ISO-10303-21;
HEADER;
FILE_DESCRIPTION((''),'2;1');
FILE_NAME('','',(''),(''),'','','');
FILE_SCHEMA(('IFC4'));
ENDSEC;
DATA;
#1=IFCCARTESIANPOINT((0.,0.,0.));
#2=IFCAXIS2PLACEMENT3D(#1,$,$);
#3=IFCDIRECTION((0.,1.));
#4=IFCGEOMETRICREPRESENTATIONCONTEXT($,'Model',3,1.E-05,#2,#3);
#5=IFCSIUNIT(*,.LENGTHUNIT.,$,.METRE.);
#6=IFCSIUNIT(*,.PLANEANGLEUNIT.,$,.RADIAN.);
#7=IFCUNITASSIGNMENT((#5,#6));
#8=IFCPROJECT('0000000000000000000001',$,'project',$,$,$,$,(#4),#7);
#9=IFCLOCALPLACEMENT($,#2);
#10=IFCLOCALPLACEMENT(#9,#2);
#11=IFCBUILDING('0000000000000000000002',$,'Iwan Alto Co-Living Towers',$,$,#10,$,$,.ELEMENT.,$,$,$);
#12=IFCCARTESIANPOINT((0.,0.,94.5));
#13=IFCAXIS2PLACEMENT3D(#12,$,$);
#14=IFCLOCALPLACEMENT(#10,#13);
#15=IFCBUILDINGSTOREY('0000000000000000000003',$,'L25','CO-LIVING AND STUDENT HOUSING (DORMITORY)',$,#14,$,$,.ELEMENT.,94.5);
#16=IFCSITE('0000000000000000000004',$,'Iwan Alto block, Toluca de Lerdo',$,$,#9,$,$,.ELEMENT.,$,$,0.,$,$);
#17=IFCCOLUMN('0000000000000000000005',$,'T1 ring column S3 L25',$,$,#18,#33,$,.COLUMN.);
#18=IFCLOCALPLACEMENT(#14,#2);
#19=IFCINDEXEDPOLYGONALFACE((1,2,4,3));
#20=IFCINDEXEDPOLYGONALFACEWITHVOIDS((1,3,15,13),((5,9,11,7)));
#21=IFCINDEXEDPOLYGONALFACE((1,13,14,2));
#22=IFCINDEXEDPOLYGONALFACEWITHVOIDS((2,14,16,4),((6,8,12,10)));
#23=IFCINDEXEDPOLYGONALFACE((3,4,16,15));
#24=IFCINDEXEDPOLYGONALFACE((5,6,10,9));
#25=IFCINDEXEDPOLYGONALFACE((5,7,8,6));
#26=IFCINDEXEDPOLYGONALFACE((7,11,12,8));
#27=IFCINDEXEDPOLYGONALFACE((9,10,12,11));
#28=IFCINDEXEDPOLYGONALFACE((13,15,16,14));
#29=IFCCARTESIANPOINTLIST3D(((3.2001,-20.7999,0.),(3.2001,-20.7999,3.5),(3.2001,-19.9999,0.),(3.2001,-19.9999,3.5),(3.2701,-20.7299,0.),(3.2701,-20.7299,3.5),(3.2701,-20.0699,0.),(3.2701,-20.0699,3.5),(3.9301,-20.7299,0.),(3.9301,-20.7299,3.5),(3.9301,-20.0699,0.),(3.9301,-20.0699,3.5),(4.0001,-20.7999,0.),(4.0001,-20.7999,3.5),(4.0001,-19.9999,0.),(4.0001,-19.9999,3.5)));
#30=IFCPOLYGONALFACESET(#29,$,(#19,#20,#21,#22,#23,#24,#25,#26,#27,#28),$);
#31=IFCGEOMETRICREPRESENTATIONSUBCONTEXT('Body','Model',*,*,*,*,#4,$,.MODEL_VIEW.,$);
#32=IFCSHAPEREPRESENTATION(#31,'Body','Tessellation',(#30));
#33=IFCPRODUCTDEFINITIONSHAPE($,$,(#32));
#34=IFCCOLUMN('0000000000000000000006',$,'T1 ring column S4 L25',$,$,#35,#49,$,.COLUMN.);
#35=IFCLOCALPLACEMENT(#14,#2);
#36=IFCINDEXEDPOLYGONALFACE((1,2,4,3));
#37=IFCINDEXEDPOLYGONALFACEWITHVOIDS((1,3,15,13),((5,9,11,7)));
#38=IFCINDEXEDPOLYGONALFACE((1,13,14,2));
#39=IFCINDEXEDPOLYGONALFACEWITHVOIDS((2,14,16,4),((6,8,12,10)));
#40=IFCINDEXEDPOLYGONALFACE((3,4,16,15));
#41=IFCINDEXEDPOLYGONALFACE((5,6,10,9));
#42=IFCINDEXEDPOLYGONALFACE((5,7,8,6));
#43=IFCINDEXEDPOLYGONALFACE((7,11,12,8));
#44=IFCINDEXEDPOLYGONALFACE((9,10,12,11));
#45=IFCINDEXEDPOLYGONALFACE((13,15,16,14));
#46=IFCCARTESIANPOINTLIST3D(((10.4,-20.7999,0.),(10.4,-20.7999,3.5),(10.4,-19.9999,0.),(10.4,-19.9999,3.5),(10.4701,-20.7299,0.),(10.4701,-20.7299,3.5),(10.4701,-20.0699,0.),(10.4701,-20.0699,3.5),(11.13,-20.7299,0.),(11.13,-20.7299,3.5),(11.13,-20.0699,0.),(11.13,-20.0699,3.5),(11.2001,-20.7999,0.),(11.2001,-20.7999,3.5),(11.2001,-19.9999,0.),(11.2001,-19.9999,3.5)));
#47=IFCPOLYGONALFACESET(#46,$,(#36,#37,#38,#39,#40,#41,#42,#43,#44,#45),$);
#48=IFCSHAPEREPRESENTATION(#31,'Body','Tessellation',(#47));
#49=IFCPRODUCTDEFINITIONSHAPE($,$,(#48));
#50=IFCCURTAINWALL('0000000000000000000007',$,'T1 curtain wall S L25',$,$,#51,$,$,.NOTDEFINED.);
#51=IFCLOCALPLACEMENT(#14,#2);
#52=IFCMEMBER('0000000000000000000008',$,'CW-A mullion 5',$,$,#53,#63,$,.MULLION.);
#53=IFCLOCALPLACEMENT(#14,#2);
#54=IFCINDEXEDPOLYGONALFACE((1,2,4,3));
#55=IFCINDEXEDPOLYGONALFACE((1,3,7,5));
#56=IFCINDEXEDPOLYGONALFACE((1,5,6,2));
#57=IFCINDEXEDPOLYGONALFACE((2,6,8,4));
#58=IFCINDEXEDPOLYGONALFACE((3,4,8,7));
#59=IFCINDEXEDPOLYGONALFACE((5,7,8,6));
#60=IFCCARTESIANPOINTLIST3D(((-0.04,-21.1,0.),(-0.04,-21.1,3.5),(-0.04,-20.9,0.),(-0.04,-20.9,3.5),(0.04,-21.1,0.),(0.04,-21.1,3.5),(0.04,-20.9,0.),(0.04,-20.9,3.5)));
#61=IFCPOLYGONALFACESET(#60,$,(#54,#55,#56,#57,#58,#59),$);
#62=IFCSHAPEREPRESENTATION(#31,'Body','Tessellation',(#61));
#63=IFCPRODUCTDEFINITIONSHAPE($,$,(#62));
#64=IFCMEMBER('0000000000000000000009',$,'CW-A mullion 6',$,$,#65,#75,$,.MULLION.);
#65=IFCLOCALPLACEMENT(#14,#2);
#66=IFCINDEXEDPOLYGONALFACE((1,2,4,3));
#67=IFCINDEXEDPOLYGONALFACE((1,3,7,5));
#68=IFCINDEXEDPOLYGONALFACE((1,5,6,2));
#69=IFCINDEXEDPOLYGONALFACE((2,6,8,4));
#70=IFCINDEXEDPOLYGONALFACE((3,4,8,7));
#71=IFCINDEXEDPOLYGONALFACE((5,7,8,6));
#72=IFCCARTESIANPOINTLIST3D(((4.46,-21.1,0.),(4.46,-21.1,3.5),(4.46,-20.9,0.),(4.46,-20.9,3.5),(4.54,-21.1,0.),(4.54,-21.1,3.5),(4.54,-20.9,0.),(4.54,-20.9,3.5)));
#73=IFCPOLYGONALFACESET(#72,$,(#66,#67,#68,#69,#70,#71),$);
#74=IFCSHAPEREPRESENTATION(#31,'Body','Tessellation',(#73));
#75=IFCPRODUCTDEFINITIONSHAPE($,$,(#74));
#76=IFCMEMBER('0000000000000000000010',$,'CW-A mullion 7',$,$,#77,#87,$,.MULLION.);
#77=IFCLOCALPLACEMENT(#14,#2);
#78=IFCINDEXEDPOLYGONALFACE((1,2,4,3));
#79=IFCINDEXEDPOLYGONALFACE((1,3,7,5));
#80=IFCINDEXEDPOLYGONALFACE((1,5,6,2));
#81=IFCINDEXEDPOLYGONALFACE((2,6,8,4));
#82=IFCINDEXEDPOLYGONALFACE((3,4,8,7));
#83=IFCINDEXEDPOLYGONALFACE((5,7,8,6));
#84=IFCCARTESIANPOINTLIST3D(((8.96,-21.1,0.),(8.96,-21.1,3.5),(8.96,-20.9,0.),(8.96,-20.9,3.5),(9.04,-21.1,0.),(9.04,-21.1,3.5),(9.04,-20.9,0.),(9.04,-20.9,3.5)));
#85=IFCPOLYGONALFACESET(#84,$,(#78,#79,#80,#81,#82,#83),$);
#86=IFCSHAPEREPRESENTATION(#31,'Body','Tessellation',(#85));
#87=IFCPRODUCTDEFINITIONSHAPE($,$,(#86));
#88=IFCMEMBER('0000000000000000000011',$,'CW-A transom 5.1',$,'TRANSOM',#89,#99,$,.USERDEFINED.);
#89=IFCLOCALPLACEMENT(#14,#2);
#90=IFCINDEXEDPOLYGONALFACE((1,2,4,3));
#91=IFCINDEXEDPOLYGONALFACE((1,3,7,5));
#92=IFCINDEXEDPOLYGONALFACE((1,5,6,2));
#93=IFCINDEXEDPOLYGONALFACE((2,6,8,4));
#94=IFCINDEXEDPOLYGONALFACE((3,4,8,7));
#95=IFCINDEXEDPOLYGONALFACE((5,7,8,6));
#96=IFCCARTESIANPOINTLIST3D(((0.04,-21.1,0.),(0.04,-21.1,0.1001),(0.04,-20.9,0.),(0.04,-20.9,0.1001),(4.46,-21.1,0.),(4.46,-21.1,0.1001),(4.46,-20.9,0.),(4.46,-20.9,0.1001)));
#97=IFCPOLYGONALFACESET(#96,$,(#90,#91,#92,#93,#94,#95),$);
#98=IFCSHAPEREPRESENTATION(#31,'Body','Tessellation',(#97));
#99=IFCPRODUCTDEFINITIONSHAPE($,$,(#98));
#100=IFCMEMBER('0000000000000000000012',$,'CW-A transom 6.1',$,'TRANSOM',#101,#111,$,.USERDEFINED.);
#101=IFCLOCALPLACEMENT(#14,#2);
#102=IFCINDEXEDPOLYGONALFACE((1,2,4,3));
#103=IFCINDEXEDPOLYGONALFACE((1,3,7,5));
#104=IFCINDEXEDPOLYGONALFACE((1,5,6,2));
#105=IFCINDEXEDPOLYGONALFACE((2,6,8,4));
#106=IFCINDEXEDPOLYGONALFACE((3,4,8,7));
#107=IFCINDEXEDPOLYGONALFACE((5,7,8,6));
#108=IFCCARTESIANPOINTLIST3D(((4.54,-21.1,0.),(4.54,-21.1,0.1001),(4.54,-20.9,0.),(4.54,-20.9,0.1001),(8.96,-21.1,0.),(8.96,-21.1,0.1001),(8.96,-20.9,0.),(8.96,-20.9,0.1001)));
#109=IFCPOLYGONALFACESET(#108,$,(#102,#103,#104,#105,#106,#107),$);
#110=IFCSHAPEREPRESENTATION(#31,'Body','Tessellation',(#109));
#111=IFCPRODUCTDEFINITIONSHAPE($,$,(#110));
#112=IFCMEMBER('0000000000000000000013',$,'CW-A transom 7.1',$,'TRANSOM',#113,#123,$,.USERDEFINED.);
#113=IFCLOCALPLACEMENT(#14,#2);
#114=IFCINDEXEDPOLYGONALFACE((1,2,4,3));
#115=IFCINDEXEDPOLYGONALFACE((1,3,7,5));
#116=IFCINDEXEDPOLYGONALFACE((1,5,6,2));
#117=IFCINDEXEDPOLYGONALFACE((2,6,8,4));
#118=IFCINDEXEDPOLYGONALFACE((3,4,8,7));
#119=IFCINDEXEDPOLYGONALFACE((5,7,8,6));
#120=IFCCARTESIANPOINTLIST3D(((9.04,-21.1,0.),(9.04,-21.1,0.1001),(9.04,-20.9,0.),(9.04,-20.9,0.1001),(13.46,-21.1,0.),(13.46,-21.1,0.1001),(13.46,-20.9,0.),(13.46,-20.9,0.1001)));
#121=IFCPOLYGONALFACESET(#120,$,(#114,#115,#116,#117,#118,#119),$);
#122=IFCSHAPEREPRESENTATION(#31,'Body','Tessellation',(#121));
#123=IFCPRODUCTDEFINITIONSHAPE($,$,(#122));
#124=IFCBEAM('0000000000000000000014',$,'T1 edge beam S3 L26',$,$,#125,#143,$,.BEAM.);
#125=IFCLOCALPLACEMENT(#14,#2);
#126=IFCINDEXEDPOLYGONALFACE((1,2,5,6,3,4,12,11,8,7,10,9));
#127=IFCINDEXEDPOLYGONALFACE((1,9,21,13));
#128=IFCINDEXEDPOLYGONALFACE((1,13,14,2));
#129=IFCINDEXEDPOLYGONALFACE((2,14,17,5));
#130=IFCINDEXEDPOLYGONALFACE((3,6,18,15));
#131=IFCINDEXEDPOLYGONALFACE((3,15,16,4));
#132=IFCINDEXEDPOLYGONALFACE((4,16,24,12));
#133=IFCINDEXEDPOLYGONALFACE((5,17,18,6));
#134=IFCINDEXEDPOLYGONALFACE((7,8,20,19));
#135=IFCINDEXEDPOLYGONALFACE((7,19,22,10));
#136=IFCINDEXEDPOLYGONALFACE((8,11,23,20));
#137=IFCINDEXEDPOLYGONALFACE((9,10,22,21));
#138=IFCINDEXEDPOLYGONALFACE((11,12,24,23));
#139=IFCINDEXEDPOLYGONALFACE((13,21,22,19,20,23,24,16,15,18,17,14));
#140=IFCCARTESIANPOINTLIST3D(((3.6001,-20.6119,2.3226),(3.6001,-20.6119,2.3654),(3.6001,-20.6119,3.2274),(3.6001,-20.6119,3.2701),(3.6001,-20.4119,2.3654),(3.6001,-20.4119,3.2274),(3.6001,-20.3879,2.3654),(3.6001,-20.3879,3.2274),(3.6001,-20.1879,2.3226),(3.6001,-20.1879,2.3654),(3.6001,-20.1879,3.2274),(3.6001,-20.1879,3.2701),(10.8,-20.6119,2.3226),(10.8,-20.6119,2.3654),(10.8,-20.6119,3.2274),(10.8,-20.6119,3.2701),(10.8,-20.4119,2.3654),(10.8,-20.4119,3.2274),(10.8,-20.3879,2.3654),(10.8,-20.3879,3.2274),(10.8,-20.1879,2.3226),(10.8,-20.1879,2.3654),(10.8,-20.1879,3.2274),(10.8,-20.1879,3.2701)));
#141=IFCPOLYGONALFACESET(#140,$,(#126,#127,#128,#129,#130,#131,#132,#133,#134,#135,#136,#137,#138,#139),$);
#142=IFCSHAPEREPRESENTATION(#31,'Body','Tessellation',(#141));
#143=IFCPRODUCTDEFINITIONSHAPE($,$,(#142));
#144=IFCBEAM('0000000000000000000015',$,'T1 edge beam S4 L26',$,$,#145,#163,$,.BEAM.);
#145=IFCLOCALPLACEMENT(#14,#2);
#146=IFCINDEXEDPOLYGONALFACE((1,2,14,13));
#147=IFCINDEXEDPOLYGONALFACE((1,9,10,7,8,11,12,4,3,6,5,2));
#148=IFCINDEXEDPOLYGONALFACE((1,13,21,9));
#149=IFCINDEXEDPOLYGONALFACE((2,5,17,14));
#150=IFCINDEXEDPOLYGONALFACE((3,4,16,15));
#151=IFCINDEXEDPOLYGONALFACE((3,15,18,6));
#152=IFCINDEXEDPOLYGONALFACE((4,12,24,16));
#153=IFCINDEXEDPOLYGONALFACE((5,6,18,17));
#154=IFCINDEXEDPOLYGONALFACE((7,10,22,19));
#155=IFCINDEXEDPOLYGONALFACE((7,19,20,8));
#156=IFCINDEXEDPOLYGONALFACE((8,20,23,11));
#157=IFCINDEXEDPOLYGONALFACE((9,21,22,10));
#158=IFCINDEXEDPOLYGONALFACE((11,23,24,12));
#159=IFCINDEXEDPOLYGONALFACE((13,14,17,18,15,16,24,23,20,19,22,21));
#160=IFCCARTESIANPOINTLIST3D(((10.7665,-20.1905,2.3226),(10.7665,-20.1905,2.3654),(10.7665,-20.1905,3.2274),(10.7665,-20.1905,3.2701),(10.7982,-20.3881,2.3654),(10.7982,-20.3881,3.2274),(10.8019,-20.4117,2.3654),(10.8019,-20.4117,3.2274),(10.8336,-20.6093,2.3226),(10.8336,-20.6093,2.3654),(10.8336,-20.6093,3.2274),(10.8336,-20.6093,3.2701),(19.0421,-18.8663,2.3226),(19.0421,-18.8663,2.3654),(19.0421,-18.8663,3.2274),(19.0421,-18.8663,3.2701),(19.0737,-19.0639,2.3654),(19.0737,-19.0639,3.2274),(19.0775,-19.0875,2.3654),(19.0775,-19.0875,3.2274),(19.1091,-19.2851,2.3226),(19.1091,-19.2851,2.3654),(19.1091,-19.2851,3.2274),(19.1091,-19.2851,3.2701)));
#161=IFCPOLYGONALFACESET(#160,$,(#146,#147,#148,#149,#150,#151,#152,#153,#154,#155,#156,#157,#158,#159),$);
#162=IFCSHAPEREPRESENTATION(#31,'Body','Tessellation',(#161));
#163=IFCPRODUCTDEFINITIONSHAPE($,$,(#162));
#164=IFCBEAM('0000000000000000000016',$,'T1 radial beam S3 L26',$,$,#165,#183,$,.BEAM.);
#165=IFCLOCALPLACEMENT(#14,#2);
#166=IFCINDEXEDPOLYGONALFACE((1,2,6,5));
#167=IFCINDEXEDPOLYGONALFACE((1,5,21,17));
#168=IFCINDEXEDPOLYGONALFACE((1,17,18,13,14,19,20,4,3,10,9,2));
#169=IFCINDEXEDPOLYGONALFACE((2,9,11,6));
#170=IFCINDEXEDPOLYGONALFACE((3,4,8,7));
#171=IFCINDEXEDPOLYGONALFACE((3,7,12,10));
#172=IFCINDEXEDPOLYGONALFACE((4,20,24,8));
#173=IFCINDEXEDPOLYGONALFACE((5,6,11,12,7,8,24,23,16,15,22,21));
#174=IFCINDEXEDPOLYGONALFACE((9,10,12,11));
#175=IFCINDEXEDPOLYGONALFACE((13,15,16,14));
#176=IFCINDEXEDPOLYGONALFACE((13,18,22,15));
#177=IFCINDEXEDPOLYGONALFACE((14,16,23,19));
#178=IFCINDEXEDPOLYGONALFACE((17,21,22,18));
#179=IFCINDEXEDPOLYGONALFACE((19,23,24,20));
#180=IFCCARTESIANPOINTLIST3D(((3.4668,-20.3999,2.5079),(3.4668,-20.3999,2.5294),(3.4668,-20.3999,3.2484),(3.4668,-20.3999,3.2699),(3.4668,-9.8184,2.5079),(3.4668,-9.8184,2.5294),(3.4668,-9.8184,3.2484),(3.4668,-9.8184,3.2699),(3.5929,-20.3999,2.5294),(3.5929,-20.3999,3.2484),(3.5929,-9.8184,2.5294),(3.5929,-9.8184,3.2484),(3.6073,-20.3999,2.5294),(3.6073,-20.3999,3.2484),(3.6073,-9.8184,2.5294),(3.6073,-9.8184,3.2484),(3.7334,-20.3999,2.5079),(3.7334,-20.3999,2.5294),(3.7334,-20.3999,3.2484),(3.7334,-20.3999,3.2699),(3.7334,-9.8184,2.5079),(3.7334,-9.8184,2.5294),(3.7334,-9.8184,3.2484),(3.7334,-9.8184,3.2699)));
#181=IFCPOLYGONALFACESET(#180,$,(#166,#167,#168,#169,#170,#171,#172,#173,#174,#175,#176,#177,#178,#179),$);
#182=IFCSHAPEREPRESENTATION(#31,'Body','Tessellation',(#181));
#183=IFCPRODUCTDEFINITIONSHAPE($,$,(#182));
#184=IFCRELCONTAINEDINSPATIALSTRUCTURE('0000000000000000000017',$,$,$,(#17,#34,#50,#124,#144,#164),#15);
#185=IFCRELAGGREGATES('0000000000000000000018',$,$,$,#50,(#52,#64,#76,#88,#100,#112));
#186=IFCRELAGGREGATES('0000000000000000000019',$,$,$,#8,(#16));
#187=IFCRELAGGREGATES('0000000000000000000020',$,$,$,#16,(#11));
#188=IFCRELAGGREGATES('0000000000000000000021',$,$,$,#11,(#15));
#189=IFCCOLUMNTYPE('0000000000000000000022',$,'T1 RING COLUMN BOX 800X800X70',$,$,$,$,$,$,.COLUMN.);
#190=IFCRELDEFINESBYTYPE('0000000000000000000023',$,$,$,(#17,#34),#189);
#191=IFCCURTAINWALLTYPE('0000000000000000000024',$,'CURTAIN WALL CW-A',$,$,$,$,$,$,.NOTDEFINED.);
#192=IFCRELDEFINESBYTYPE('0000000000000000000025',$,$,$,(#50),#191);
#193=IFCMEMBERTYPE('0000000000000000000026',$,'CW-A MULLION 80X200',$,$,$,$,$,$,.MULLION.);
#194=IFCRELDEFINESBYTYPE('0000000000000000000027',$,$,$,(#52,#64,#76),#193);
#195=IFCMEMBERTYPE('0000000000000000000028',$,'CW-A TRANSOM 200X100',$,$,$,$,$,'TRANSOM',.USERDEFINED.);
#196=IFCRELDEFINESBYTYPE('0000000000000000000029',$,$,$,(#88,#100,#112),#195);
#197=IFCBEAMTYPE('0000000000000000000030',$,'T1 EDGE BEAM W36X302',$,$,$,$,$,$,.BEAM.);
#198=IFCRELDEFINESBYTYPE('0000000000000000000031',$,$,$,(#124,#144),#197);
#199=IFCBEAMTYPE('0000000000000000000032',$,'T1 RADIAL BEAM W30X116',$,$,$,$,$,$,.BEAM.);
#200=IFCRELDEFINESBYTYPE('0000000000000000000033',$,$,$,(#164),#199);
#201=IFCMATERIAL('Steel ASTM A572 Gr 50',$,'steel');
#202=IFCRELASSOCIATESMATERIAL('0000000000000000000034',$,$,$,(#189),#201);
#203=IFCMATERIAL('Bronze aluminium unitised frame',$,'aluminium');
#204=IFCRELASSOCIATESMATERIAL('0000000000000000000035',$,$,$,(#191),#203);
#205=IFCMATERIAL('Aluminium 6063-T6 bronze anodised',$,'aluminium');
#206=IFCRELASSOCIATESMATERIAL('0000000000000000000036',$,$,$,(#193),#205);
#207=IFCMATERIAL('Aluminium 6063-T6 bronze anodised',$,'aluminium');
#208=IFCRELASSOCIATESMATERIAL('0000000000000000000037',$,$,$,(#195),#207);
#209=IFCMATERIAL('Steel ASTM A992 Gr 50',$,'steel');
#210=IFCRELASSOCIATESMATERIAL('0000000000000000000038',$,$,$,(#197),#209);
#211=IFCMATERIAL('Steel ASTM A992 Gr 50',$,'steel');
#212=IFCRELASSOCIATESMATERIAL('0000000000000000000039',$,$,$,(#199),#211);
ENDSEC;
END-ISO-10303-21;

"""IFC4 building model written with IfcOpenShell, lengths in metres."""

from ifc_helpers import new_model, si_unit, direction, frame, origin, origin_2d, place, context, subcontext, project, spatial, rectangle, hollow_rectangle, i_section, extrude, material, material_profile, profile_set, type_object, element, aggregate, save


model = new_model("IFC4")

# Units and contexts
model_context = context("Model", 3, precision=1e-05, world=origin(), true_north=direction((0.0, 1.0)))
body_context = subcontext(model_context, "Body", "Model", "MODEL_VIEW")
ifc_project = project(units=[si_unit("LENGTHUNIT", "METRE"), si_unit("PLANEANGLEUNIT", "RADIAN")], contexts=[model_context])

# Site, building, storey
site_placement = place(None, origin())
site = spatial("IfcSite", under=ifc_project, at=site_placement, Name="Iwan Alto block, Toluca de Lerdo", CompositionType="ELEMENT", RefElevation=0.0)
building_placement = place(site_placement, origin())
building = spatial("IfcBuilding", under=site, at=building_placement, Name="Iwan Alto Co-Living Towers", CompositionType="ELEMENT")
storey_placement = place(building_placement, frame((0.0, 0.0, 94.5)))
storey = spatial("IfcBuildingStorey", under=building, at=storey_placement, Name="L25", Description="CO-LIVING AND STUDENT HOUSING (DORMITORY)", CompositionType="ELEMENT", Elevation=94.5)

# Columns
ifc_material_1 = material(Name="Steel ASTM A572 Gr 50", Category="steel")
ifc_material_profile_1 = material_profile(ifc_material_1, hollow_rectangle(XDim=0.8, YDim=0.8, WallThickness=0.0701, at=origin_2d()), Name="BOX 800X800X70")
ifc_profile_set_1 = profile_set([ifc_material_profile_1], Name="Steel ASTM A572 Gr 50")
column_type = type_object("IfcColumnType", Name="T1 RING COLUMN BOX 800X800X70", PredefinedType="COLUMN", material=ifc_profile_set_1)
for number, where, z_axis, x_axis, name in (
    (1, (3.6001, -20.3999, 0.0), (0.0, 0.0, 1.0), (1.0, 0.0, 0.0), "T1 ring column S3 L25"),
    (2, (10.8, -20.3999, 0.0), (0.0, 0.0, 1.0), (1.0, 0.0, 0.0), "T1 ring column S4 L25"),
):
    element("IfcColumn", number, at=place(storey_placement, frame(where, z_axis=z_axis, x_axis=x_axis)), inside=storey, type_object=column_type, Name=name, PredefinedType="COLUMN", context=body_context, shape_type="SweptSolid", body=[
        extrude(hollow_rectangle(XDim=0.8, YDim=0.8, WallThickness=0.0701, at=origin_2d()), origin(), (0.0, 0.0, 1.0), 3.5),
    ])

# Curtain wall, members
ifc_material_2 = material(Name="Bronze aluminium unitised frame", Category="aluminium")
curtain_wall_type = type_object("IfcCurtainWallType", Name="CURTAIN WALL CW-A", PredefinedType="NOTDEFINED", material=ifc_material_2)
curtain_wall_placement = place(storey_placement, origin())
curtain_wall = element("IfcCurtainWall", 3, at=curtain_wall_placement, inside=storey, type_object=curtain_wall_type, Name="T1 curtain wall S L25", PredefinedType="NOTDEFINED")
ifc_material_3 = material(Name="Aluminium 6063-T6 bronze anodised", Category="aluminium")
ifc_material_profile_2 = material_profile(ifc_material_3, rectangle(XDim=0.2, YDim=0.0801, at=origin_2d()), Name="AL 80X200")
ifc_profile_set_2 = profile_set([ifc_material_profile_2], Name="Aluminium 6063-T6 bronze anodised")
member_type_1 = type_object("IfcMemberType", Name="CW-A MULLION 80X200", PredefinedType="MULLION", material=ifc_profile_set_2)
member_1_placement = place(storey_placement, frame((0.0, -21.0, 0.0), z_axis=(0.0, 0.0, 1.0), x_axis=(0.0, 1.0, 0.0)))
member_1 = element("IfcMember", 4, at=member_1_placement, type_object=member_type_1, Name="CW-A mullion 5", PredefinedType="MULLION", context=body_context, shape_type="SweptSolid", body=[
    extrude(rectangle(XDim=0.2, YDim=0.0801, at=origin_2d()), origin(), (0.0, 0.0, 1.0), 3.5),
])
member_2_placement = place(storey_placement, frame((4.5, -21.0, 0.0), z_axis=(0.0, 0.0, 1.0), x_axis=(0.0, 1.0, 0.0)))
member_2 = element("IfcMember", 5, at=member_2_placement, type_object=member_type_1, Name="CW-A mullion 6", PredefinedType="MULLION", context=body_context, shape_type="SweptSolid", body=[
    extrude(rectangle(XDim=0.2, YDim=0.0801, at=origin_2d()), origin(), (0.0, 0.0, 1.0), 3.5),
])
member_3_placement = place(storey_placement, frame((9.0, -21.0, 0.0), z_axis=(0.0, 0.0, 1.0), x_axis=(0.0, 1.0, 0.0)))
member_3 = element("IfcMember", 6, at=member_3_placement, type_object=member_type_1, Name="CW-A mullion 7", PredefinedType="MULLION", context=body_context, shape_type="SweptSolid", body=[
    extrude(rectangle(XDim=0.2, YDim=0.0801, at=origin_2d()), origin(), (0.0, 0.0, 1.0), 3.5),
])
ifc_material_4 = material(Name="Aluminium 6063-T6 bronze anodised", Category="aluminium")
ifc_material_profile_3 = material_profile(ifc_material_4, rectangle(XDim=0.2, YDim=0.1001, at=origin_2d()), Name="AL 200X100")
ifc_profile_set_3 = profile_set([ifc_material_profile_3], Name="Aluminium 6063-T6 bronze anodised")
member_type_2 = type_object("IfcMemberType", Name="CW-A TRANSOM 200X100", ElementType="TRANSOM", PredefinedType="USERDEFINED", material=ifc_profile_set_3)
member_4_placement = place(storey_placement, frame((0.04, -21.0, 0.05), z_axis=(1.0, 0.0, 0.0), x_axis=(0.0, 1.0, 0.0)))
member_4 = element("IfcMember", 7, at=member_4_placement, type_object=member_type_2, Name="CW-A transom 5.1", ObjectType="TRANSOM", PredefinedType="USERDEFINED", context=body_context, shape_type="SweptSolid", body=[
    extrude(rectangle(XDim=0.2, YDim=0.1001, at=origin_2d()), origin(), (0.0, 0.0, 1.0), 4.4199),
])
member_5_placement = place(storey_placement, frame((4.54, -21.0, 0.05), z_axis=(1.0, 0.0, 0.0), x_axis=(0.0, 1.0, 0.0)))
member_5 = element("IfcMember", 8, at=member_5_placement, type_object=member_type_2, Name="CW-A transom 6.1", ObjectType="TRANSOM", PredefinedType="USERDEFINED", context=body_context, shape_type="SweptSolid", body=[
    extrude(rectangle(XDim=0.2, YDim=0.1001, at=origin_2d()), origin(), (0.0, 0.0, 1.0), 4.4199),
])
member_6_placement = place(storey_placement, frame((9.04, -21.0, 0.05), z_axis=(1.0, 0.0, 0.0), x_axis=(0.0, 1.0, 0.0)))
member_6 = element("IfcMember", 9, at=member_6_placement, type_object=member_type_2, Name="CW-A transom 7.1", ObjectType="TRANSOM", PredefinedType="USERDEFINED", context=body_context, shape_type="SweptSolid", body=[
    extrude(rectangle(XDim=0.2, YDim=0.1001, at=origin_2d()), origin(), (0.0, 0.0, 1.0), 4.4199),
])

# Beams
ifc_material_5 = material(Name="Steel ASTM A992 Gr 50", Category="steel")
ifc_material_profile_4 = material_profile(ifc_material_5, i_section(OverallWidth=0.4241, OverallDepth=0.9475, WebThickness=0.0239, FlangeThickness=0.0427, at=origin_2d()), Name="W36X302")
ifc_profile_set_4 = profile_set([ifc_material_profile_4], Name="Steel ASTM A992 Gr 50")
beam_type_1 = type_object("IfcBeamType", Name="T1 EDGE BEAM W36X302", PredefinedType="BEAM", material=ifc_profile_set_4)
beam_1_placement = place(storey_placement, frame((3.6001, -20.3999, 2.7964), z_axis=(1.0, 0.0, 0.0), x_axis=(0.0, 1.0, 0.0)))
element("IfcBeam", 10, at=beam_1_placement, inside=storey, type_object=beam_type_1, Name="T1 edge beam S3 L26", PredefinedType="BEAM", context=body_context, shape_type="SweptSolid", body=[
    extrude(i_section(OverallWidth=0.4241, OverallDepth=0.9475, WebThickness=0.0239, FlangeThickness=0.0427, at=origin_2d()), origin(), (0.0, 0.0, 1.0), 7.2),
])
beam_2_placement = place(storey_placement, frame((10.8, -20.3999, 2.7964), z_axis=(0.987438, 0.158004, 0.0), x_axis=(-0.158004, 0.987438, 0.0)))
element("IfcBeam", 11, at=beam_2_placement, inside=storey, type_object=beam_type_1, Name="T1 edge beam S4 L26", PredefinedType="BEAM", context=body_context, shape_type="SweptSolid", body=[
    extrude(i_section(OverallWidth=0.4241, OverallDepth=0.9475, WebThickness=0.0239, FlangeThickness=0.0427, at=origin_2d()), origin(), (0.0, 0.0, 1.0), 8.3809),
])
ifc_material_6 = material(Name="Steel ASTM A992 Gr 50", Category="steel")
ifc_material_profile_5 = material_profile(ifc_material_6, i_section(OverallWidth=0.2666, OverallDepth=0.762, WebThickness=0.0144, FlangeThickness=0.0215, at=origin_2d()), Name="W30X116")
ifc_profile_set_5 = profile_set([ifc_material_profile_5], Name="Steel ASTM A992 Gr 50")
beam_type_2 = type_object("IfcBeamType", Name="T1 RADIAL BEAM W30X116", PredefinedType="BEAM", material=ifc_profile_set_5)
beam_3_placement = place(storey_placement, frame((3.6001, -20.3999, 2.8889), z_axis=(0.0, 1.0, 0.0), x_axis=(-1.0, 0.0, 0.0)))
element("IfcBeam", 12, at=beam_3_placement, inside=storey, type_object=beam_type_2, Name="T1 radial beam S3 L26", PredefinedType="BEAM", context=body_context, shape_type="SweptSolid", body=[
    extrude(i_section(OverallWidth=0.2666, OverallDepth=0.762, WebThickness=0.0144, FlangeThickness=0.0215, at=origin_2d()), origin(), (0.0, 0.0, 1.0), 10.5815),
])

aggregate(curtain_wall, [member_1, member_2, member_3, member_4, member_5, member_6])

save(model, "model.ifc")
